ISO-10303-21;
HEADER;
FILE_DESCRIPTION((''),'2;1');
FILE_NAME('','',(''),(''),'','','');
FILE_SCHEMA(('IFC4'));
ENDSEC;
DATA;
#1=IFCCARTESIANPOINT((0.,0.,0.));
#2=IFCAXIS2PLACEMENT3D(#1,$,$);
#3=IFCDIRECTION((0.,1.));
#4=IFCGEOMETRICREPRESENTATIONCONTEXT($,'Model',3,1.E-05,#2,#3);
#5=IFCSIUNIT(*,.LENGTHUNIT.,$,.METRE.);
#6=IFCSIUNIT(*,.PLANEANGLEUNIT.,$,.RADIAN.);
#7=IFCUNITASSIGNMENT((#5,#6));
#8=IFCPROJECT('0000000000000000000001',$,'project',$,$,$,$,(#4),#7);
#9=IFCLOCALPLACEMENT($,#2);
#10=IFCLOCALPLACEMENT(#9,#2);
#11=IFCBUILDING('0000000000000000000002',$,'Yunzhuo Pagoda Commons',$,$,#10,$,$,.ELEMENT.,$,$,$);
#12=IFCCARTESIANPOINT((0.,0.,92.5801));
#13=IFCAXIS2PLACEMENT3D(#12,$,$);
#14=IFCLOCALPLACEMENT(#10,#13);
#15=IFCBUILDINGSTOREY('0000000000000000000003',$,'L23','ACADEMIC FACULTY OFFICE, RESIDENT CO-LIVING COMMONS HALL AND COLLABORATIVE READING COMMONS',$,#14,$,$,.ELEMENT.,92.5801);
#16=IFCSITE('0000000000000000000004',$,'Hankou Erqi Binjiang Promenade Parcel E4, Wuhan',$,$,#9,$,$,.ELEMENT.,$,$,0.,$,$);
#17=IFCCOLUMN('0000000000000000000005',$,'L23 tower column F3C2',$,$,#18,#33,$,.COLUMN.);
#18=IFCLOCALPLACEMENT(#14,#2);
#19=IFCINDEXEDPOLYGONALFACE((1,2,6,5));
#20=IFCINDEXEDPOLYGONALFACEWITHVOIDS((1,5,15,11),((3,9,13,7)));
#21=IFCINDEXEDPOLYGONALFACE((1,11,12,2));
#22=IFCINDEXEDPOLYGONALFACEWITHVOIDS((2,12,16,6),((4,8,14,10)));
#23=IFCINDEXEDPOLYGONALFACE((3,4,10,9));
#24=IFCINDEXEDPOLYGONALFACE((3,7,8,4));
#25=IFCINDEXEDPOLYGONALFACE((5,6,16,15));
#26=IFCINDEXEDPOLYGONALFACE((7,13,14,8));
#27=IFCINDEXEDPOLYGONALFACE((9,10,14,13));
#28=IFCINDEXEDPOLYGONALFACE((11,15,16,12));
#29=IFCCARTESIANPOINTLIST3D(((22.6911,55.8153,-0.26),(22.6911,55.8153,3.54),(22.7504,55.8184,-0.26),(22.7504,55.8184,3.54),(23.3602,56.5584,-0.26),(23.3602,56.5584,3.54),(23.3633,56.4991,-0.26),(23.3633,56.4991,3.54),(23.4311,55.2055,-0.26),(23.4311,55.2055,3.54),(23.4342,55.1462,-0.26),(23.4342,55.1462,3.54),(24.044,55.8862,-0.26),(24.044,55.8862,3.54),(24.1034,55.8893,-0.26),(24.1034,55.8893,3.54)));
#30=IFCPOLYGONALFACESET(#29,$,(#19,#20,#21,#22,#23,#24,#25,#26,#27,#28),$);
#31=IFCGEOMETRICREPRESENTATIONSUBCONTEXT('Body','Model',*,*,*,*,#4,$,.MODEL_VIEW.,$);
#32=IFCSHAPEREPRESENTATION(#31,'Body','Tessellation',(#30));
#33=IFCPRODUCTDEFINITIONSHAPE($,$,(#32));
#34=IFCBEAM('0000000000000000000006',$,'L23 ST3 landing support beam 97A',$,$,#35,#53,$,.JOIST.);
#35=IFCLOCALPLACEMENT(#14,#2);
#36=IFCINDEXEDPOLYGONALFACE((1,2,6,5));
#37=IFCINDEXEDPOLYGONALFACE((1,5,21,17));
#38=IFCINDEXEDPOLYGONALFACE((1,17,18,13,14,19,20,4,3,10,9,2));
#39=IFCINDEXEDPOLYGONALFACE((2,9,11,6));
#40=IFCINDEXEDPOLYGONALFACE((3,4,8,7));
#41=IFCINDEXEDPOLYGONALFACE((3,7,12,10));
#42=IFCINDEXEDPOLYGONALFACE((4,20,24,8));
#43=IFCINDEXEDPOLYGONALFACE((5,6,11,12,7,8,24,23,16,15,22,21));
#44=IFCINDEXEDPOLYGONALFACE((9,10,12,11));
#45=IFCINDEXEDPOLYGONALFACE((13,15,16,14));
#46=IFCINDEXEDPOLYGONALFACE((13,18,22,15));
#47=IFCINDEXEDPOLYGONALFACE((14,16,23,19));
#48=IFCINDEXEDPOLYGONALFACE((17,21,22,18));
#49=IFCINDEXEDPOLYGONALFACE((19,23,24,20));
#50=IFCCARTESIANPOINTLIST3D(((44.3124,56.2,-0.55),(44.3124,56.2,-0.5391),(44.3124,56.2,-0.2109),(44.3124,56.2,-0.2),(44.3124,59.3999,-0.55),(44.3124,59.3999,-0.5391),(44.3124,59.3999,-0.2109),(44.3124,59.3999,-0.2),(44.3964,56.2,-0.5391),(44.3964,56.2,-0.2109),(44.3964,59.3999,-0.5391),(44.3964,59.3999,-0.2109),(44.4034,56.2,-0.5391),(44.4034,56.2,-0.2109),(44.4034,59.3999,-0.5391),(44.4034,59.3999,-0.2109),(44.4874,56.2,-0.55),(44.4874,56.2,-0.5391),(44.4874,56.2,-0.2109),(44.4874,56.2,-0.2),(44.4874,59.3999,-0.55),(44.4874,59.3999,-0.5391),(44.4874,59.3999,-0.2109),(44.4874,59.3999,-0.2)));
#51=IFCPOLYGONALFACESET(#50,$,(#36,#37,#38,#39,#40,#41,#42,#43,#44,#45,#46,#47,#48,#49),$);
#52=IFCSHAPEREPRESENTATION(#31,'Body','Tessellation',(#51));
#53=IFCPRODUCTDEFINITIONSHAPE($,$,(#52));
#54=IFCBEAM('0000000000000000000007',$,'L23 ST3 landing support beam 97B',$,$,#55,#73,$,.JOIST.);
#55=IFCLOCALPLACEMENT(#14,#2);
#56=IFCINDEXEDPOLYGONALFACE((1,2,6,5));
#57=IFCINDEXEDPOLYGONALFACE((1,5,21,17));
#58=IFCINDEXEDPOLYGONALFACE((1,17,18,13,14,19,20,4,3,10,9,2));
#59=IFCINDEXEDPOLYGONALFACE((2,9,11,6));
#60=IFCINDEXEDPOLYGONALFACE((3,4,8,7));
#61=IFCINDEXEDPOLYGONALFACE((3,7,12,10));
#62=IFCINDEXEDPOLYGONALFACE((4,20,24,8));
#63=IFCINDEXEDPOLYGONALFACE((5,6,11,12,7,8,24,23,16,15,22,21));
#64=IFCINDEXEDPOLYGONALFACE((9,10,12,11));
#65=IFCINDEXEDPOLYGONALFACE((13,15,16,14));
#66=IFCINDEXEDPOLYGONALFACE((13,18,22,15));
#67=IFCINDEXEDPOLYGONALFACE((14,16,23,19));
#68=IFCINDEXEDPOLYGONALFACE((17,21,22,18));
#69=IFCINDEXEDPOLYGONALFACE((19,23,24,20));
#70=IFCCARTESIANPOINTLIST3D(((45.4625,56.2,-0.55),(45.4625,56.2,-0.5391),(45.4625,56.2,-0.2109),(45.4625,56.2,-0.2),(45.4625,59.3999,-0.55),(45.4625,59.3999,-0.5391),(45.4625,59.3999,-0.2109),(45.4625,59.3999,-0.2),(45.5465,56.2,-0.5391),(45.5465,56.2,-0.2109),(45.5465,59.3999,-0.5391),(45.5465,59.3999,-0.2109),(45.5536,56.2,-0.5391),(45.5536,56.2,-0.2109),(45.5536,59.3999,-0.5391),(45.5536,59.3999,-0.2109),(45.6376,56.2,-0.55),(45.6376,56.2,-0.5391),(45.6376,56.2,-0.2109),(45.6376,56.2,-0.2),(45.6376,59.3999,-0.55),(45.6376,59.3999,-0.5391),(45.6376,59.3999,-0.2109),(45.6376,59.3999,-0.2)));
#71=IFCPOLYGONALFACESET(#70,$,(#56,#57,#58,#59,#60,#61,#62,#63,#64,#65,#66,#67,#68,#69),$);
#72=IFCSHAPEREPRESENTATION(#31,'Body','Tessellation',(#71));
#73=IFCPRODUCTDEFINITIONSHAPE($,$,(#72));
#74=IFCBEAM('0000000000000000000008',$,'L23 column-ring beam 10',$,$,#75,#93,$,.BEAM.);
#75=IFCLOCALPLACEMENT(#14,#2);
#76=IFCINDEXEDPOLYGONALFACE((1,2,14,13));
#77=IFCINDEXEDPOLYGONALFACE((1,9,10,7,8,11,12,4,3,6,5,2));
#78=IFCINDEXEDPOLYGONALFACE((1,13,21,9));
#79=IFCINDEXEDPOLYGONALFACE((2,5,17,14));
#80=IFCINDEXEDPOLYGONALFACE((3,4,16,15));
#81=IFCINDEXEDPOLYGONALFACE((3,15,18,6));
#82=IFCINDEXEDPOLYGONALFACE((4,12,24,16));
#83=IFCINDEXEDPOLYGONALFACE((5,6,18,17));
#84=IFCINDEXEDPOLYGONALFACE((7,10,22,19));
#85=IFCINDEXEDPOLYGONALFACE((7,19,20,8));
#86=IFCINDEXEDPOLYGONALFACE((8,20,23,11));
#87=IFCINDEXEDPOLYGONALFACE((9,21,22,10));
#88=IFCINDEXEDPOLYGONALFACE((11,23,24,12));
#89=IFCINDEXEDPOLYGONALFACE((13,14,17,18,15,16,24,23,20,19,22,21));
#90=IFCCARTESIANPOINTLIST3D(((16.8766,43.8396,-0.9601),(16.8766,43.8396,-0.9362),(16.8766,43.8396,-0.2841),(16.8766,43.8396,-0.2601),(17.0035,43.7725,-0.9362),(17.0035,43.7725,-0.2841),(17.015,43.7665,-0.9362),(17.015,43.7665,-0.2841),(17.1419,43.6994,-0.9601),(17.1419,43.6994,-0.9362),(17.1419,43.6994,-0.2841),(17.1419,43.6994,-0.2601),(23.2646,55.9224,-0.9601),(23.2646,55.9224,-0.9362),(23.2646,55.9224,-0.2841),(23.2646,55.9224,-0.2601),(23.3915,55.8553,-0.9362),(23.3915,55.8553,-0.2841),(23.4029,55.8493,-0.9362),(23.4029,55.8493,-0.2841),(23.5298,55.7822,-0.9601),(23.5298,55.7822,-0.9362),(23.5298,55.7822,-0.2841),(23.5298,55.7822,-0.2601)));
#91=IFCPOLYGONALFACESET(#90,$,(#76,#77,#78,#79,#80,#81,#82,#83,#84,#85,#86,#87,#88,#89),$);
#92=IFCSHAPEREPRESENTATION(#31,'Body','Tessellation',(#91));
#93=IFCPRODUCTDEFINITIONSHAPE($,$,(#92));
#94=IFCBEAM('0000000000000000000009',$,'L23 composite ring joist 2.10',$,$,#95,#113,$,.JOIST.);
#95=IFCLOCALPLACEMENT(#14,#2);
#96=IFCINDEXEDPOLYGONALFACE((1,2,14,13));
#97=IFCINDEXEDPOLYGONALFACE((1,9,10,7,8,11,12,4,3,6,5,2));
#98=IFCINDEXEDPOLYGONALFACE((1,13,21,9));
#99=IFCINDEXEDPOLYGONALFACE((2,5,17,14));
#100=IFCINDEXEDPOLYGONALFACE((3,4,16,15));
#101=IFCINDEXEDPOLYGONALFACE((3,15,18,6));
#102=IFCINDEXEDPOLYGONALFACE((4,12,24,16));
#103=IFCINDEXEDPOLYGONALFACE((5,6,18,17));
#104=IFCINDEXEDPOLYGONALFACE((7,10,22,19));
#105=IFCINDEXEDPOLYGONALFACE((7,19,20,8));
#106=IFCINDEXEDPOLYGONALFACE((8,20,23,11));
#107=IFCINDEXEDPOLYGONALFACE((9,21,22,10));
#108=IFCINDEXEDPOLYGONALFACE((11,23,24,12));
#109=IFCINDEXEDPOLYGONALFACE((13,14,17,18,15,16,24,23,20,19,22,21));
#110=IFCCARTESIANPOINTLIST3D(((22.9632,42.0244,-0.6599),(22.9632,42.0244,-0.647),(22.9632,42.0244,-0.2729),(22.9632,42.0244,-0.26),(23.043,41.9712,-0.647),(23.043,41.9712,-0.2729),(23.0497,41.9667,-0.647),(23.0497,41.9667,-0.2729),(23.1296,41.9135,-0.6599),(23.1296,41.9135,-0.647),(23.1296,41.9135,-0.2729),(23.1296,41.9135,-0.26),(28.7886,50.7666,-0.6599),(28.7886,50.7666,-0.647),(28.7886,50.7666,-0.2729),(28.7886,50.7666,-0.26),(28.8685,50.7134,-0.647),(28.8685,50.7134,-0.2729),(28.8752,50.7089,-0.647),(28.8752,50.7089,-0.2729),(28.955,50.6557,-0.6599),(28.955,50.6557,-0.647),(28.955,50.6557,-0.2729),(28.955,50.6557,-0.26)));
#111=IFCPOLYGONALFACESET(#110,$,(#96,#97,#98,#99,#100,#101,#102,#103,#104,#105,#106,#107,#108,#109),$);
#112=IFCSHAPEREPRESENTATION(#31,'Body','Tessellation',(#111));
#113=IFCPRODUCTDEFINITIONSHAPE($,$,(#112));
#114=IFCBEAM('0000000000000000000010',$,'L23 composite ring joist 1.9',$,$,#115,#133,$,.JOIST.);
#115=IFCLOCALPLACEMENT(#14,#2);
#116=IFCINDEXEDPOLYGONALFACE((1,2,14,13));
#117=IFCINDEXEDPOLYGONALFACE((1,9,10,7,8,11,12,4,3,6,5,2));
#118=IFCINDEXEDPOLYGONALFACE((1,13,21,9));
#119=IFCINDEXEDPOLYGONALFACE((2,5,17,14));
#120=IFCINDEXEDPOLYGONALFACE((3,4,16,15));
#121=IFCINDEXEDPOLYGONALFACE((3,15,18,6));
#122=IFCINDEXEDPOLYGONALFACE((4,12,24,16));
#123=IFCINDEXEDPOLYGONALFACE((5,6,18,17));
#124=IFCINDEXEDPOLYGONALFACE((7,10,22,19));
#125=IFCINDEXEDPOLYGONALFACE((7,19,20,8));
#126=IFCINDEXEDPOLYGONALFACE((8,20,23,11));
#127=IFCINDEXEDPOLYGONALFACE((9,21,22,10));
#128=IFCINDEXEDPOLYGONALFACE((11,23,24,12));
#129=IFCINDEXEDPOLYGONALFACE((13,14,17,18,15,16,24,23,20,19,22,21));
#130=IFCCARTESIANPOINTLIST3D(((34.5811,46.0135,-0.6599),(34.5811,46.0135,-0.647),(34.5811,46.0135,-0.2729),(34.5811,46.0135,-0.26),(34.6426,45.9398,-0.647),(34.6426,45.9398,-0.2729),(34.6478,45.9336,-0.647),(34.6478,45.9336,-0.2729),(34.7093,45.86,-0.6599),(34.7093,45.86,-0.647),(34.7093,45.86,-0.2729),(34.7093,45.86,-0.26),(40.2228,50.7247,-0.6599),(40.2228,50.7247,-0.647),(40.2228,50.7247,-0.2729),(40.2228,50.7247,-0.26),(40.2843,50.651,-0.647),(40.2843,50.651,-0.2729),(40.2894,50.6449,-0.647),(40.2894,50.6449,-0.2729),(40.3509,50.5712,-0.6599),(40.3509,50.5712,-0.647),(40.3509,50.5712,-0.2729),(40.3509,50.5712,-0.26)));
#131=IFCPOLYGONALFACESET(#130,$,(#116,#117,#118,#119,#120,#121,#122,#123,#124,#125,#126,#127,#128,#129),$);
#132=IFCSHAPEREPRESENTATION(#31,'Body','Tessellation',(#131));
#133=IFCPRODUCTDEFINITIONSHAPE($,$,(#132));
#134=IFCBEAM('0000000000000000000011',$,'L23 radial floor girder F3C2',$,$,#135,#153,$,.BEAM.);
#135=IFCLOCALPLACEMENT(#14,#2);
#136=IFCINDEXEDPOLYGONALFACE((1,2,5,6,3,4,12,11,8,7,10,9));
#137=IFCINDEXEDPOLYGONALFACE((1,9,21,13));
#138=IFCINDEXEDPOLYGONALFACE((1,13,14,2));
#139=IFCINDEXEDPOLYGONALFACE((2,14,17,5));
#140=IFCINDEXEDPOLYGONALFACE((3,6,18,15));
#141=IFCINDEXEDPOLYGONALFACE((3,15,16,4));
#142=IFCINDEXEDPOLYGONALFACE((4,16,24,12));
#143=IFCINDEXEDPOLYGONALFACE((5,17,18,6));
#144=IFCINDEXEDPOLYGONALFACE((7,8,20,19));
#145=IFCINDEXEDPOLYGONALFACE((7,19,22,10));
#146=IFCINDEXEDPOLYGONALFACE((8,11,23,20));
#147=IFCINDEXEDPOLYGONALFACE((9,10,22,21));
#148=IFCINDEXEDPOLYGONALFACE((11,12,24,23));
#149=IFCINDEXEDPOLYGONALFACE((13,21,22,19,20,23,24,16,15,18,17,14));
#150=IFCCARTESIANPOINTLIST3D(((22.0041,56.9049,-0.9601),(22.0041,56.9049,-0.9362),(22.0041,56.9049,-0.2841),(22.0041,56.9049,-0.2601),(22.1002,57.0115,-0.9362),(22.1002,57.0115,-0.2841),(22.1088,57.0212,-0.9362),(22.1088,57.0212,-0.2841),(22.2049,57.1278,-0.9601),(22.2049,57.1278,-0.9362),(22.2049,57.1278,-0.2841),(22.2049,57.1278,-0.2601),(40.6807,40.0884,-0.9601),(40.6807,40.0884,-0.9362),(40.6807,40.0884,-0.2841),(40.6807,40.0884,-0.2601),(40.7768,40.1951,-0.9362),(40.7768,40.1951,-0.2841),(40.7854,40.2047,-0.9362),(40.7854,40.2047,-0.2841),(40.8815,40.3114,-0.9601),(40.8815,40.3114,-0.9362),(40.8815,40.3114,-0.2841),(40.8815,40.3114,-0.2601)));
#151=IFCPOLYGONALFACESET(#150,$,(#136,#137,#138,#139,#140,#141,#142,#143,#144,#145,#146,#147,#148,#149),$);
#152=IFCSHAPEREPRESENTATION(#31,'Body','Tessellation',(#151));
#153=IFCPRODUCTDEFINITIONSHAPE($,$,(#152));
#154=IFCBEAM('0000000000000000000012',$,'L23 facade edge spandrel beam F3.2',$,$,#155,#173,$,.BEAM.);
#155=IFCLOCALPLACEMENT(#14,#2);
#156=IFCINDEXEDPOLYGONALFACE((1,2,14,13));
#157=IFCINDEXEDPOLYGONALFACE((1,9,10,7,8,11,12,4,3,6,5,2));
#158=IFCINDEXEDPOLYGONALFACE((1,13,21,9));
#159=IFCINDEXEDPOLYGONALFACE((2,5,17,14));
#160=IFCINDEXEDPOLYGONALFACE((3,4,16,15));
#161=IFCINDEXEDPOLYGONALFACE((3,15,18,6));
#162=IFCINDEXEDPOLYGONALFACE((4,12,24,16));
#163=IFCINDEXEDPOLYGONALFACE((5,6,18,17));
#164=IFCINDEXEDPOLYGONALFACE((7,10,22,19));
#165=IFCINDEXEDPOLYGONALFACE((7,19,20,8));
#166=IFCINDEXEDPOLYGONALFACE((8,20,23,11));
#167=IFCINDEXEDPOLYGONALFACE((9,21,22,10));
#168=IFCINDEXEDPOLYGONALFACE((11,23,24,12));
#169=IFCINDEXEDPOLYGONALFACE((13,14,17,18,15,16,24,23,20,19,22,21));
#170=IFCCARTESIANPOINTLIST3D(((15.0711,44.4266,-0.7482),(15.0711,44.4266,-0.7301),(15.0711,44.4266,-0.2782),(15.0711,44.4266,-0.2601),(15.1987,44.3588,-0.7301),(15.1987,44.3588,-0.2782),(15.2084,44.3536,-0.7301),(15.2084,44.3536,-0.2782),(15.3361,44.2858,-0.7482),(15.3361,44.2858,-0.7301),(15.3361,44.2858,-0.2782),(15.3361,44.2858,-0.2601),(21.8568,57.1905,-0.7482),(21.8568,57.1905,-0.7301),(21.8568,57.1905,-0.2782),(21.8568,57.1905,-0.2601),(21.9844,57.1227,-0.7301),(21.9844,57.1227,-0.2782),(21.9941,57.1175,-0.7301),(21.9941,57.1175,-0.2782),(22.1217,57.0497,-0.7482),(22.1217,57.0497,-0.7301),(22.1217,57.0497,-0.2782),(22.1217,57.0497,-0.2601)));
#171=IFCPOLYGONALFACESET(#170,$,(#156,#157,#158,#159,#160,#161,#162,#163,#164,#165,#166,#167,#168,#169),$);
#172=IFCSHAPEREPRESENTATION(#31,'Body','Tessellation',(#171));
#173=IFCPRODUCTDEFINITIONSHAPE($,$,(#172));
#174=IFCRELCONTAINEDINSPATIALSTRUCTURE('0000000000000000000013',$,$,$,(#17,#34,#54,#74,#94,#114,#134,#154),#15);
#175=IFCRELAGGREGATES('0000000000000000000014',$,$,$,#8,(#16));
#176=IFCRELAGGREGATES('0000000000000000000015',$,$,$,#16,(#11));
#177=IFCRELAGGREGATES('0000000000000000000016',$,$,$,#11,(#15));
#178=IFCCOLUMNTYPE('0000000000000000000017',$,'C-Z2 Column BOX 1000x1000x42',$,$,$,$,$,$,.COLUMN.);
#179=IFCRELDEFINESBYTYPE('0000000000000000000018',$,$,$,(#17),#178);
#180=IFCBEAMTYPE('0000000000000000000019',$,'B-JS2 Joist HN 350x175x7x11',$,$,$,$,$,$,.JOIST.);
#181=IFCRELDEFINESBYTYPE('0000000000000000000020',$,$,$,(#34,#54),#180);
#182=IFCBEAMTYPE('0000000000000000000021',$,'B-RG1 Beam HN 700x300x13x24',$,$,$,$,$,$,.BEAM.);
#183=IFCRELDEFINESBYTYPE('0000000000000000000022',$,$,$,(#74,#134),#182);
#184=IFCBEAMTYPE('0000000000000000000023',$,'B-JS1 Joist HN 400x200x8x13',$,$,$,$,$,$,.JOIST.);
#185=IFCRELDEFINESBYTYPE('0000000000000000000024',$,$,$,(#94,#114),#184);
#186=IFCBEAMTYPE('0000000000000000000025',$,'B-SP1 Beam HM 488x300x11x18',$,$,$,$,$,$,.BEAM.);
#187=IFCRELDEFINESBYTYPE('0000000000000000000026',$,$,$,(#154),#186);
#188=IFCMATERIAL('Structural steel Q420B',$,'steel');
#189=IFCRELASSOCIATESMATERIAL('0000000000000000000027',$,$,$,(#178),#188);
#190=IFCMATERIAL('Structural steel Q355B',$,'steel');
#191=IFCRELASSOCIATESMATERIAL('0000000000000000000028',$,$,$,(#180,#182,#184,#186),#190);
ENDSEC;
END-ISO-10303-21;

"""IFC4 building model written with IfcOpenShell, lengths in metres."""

from ifc_helpers import new_model, si_unit, direction, frame, origin, origin_2d, place, context, subcontext, project, spatial, hollow_rectangle, i_section, extrude, source, transform, mapped, material, material_profile, profile_set, type_object, element, save


model = new_model("IFC4")

# Units and contexts
model_context = context("Model", 3, precision=1e-05, world=origin(), true_north=direction((0.0, 1.0)))
body_context = subcontext(model_context, "Body", "Model", "MODEL_VIEW")
ifc_project = project(units=[si_unit("LENGTHUNIT", "METRE"), si_unit("PLANEANGLEUNIT", "RADIAN")], contexts=[model_context])

# Site, building, storey
site_placement = place(None, origin())
site = spatial("IfcSite", under=ifc_project, at=site_placement, Name="Hankou Erqi Binjiang Promenade Parcel E4, Wuhan", CompositionType="ELEMENT", RefElevation=0.0)
building_placement = place(site_placement, origin())
building = spatial("IfcBuilding", under=site, at=building_placement, Name="Yunzhuo Pagoda Commons", CompositionType="ELEMENT")
storey_placement = place(building_placement, frame((0.0, 0.0, 92.5801)))
storey = spatial("IfcBuildingStorey", under=building, at=storey_placement, Name="L23", Description="ACADEMIC FACULTY OFFICE, RESIDENT CO-LIVING COMMONS HALL AND COLLABORATIVE READING COMMONS", CompositionType="ELEMENT", Elevation=92.5801)

# Column
ifc_material_1 = material(Name="Structural steel Q420B", Category="steel")
ifc_material_profile_1 = material_profile(ifc_material_1, hollow_rectangle(XDim=1.0, YDim=1.0, WallThickness=0.042, at=origin_2d()), Name="Structural steel Q420B")
ifc_profile_set_1 = profile_set([ifc_material_profile_1], Name="Structural steel Q420B")
column_type = type_object("IfcColumnType", Name="C-Z2 Column BOX 1000x1000x42", PredefinedType="COLUMN", material=ifc_profile_set_1)
shared_shape_1 = source(origin(), body_context, "Body", "SweptSolid", [
    extrude(hollow_rectangle(XDim=1.0, YDim=1.0, WallThickness=0.042, at=origin_2d()), origin(), (0.0, 0.0, 1.0), 3.8),
])
column_placement = place(storey_placement, frame((23.3972, 55.8523, -0.26), z_axis=(0.0, 0.0, 1.0), x_axis=(-0.669131, -0.743145, 0.0)))
element("IfcColumn", 1, at=column_placement, inside=storey, type_object=column_type, Name="L23 tower column F3C2", PredefinedType="COLUMN", context=body_context, shape_type="MappedRepresentation", body=[
    mapped(shared_shape_1, transform((0.0, 0.0, 0.0), scale=1.0)),
])

# Beams
ifc_material_2 = material(Name="Structural steel Q355B", Category="steel")
ifc_material_profile_2 = material_profile(ifc_material_2, i_section(OverallWidth=0.175, OverallDepth=0.3501, WebThickness=0.0071, FlangeThickness=0.011, at=origin_2d()), Name="Structural steel Q355B")
ifc_profile_set_2 = profile_set([ifc_material_profile_2], Name="Structural steel Q355B")
beam_type_1 = type_object("IfcBeamType", Name="B-JS2 Joist HN 350x175x7x11", PredefinedType="JOIST", material=ifc_profile_set_2)
shared_shape_2 = source(origin(), body_context, "Body", "SweptSolid", [
    extrude(i_section(OverallWidth=0.175, OverallDepth=0.3501, WebThickness=0.0071, FlangeThickness=0.011, at=origin_2d()), origin(), (0.0, 0.0, 1.0), 3.2),
])
for number, where, z_axis, x_axis, name in (
    (2, (44.3999, 56.2, -0.375), (0.0, 1.0, 0.0), (-1.0, 0.0, 0.0), "L23 ST3 landing support beam 97A"),
    (3, (45.55, 56.2, -0.375), (0.0, 1.0, 0.0), (-1.0, 0.0, 0.0), "L23 ST3 landing support beam 97B"),
):
    element("IfcBeam", number, at=place(storey_placement, frame(where, z_axis=z_axis, x_axis=x_axis)), inside=storey, type_object=beam_type_1, Name=name, PredefinedType="JOIST", context=body_context, shape_type="MappedRepresentation", body=[
        mapped(shared_shape_2, transform((0.0, 0.0, 0.0), scale=1.0)),
    ])
ifc_material_profile_3 = material_profile(ifc_material_2, i_section(OverallWidth=0.3, OverallDepth=0.7, WebThickness=0.0129, FlangeThickness=0.0239, at=origin_2d()), Name="Structural steel Q355B")
ifc_profile_set_3 = profile_set([ifc_material_profile_3], Name="Structural steel Q355B")
beam_type_2 = type_object("IfcBeamType", Name="B-RG1 Beam HN 700x300x13x24", PredefinedType="BEAM", material=ifc_profile_set_3)
shared_shape_3 = source(origin(), body_context, "Body", "SweptSolid", [
    extrude(i_section(OverallWidth=0.3, OverallDepth=0.7, WebThickness=0.0129, FlangeThickness=0.0239, at=origin_2d()), origin(), (0.0, 0.0, 1.0), 13.6675),
])
beam_1_placement = place(storey_placement, frame((23.3972, 55.8523, -0.6101), z_axis=(-0.467384, -0.884055, 0.0), x_axis=(0.884055, -0.467384, 0.0)))
element("IfcBeam", 4, at=beam_1_placement, inside=storey, type_object=beam_type_2, Name="L23 column-ring beam 10", PredefinedType="BEAM", context=body_context, shape_type="MappedRepresentation", body=[
    mapped(shared_shape_3, transform((0.0, 0.0, 0.0), scale=1.0)),
])
ifc_material_profile_4 = material_profile(ifc_material_2, i_section(OverallWidth=0.2, OverallDepth=0.3999, WebThickness=0.0081, FlangeThickness=0.0129, at=origin_2d()), Name="Structural steel Q355B")
ifc_profile_set_4 = profile_set([ifc_material_profile_4], Name="Structural steel Q355B")
beam_type_3 = type_object("IfcBeamType", Name="B-JS1 Joist HN 400x200x8x13", PredefinedType="JOIST", material=ifc_profile_set_4)
shared_shape_4 = source(origin(), body_context, "Body", "SweptSolid", [
    extrude(i_section(OverallWidth=0.2, OverallDepth=0.3999, WebThickness=0.0081, FlangeThickness=0.0129, at=origin_2d()), origin(), (0.0, 0.0, 1.0), 10.5054),
])
beam_2_placement = place(storey_placement, frame((28.8718, 50.7112, -0.46), z_axis=(-0.554523, -0.832168, 0.0), x_axis=(0.832168, -0.554523, 0.0)))
element("IfcBeam", 5, at=beam_2_placement, inside=storey, type_object=beam_type_3, Name="L23 composite ring joist 2.10", PredefinedType="JOIST", context=body_context, shape_type="MappedRepresentation", body=[
    mapped(shared_shape_4, transform((0.0, 0.0, 0.0), scale=1.0)),
])
shared_shape_5 = source(origin(), body_context, "Body", "SweptSolid", [
    extrude(i_section(OverallWidth=0.2, OverallDepth=0.3999, WebThickness=0.0081, FlangeThickness=0.0129, at=origin_2d()), origin(), (0.0, 0.0, 1.0), 7.3501),
])
beam_3_placement = place(storey_placement, frame((40.2869, 50.6479, -0.46), z_axis=(-0.767562, -0.640975, 0.0), x_axis=(0.640975, -0.767562, 0.0)))
element("IfcBeam", 6, at=beam_3_placement, inside=storey, type_object=beam_type_3, Name="L23 composite ring joist 1.9", PredefinedType="JOIST", context=body_context, shape_type="MappedRepresentation", body=[
    mapped(shared_shape_5, transform((0.0, 0.0, 0.0), scale=1.0)),
])
shared_shape_6 = source(origin(), body_context, "Body", "SweptSolid", [
    extrude(i_section(OverallWidth=0.3, OverallDepth=0.7, WebThickness=0.0129, FlangeThickness=0.0239, at=origin_2d()), origin(), (0.0, 0.0, 1.0), 25.1318),
])
beam_4_placement = place(storey_placement, frame((22.1045, 57.0164, -0.6101), z_axis=(0.743145, -0.669131, 0.0), x_axis=(0.669131, 0.743145, 0.0)))
element("IfcBeam", 7, at=beam_4_placement, inside=storey, type_object=beam_type_2, Name="L23 radial floor girder F3C2", PredefinedType="BEAM", context=body_context, shape_type="MappedRepresentation", body=[
    mapped(shared_shape_6, transform((0.0, 0.0, 0.0), scale=1.0)),
])
ifc_material_profile_5 = material_profile(ifc_material_2, i_section(OverallWidth=0.3, OverallDepth=0.488, WebThickness=0.011, FlangeThickness=0.0181, at=origin_2d()), Name="Structural steel Q355B")
ifc_profile_set_5 = profile_set([ifc_material_profile_5], Name="Structural steel Q355B")
beam_type_4 = type_object("IfcBeamType", Name="B-SP1 Beam HM 488x300x11x18", PredefinedType="BEAM", material=ifc_profile_set_5)
shared_shape_7 = source(origin(), body_context, "Body", "SweptSolid", [
    extrude(i_section(OverallWidth=0.3, OverallDepth=0.488, WebThickness=0.011, FlangeThickness=0.0181, at=origin_2d()), origin(), (0.0, 0.0, 1.0), 14.4556),
])
beam_5_placement = place(storey_placement, frame((21.9893, 57.1201, -0.5042), z_axis=(-0.469415, -0.882978, 0.0), x_axis=(0.882978, -0.469415, 0.0)))
element("IfcBeam", 8, at=beam_5_placement, inside=storey, type_object=beam_type_4, Name="L23 facade edge spandrel beam F3.2", PredefinedType="BEAM", context=body_context, shape_type="MappedRepresentation", body=[
    mapped(shared_shape_7, transform((0.0, 0.0, 0.0), scale=1.0)),
])

save(model, "model.ifc")
